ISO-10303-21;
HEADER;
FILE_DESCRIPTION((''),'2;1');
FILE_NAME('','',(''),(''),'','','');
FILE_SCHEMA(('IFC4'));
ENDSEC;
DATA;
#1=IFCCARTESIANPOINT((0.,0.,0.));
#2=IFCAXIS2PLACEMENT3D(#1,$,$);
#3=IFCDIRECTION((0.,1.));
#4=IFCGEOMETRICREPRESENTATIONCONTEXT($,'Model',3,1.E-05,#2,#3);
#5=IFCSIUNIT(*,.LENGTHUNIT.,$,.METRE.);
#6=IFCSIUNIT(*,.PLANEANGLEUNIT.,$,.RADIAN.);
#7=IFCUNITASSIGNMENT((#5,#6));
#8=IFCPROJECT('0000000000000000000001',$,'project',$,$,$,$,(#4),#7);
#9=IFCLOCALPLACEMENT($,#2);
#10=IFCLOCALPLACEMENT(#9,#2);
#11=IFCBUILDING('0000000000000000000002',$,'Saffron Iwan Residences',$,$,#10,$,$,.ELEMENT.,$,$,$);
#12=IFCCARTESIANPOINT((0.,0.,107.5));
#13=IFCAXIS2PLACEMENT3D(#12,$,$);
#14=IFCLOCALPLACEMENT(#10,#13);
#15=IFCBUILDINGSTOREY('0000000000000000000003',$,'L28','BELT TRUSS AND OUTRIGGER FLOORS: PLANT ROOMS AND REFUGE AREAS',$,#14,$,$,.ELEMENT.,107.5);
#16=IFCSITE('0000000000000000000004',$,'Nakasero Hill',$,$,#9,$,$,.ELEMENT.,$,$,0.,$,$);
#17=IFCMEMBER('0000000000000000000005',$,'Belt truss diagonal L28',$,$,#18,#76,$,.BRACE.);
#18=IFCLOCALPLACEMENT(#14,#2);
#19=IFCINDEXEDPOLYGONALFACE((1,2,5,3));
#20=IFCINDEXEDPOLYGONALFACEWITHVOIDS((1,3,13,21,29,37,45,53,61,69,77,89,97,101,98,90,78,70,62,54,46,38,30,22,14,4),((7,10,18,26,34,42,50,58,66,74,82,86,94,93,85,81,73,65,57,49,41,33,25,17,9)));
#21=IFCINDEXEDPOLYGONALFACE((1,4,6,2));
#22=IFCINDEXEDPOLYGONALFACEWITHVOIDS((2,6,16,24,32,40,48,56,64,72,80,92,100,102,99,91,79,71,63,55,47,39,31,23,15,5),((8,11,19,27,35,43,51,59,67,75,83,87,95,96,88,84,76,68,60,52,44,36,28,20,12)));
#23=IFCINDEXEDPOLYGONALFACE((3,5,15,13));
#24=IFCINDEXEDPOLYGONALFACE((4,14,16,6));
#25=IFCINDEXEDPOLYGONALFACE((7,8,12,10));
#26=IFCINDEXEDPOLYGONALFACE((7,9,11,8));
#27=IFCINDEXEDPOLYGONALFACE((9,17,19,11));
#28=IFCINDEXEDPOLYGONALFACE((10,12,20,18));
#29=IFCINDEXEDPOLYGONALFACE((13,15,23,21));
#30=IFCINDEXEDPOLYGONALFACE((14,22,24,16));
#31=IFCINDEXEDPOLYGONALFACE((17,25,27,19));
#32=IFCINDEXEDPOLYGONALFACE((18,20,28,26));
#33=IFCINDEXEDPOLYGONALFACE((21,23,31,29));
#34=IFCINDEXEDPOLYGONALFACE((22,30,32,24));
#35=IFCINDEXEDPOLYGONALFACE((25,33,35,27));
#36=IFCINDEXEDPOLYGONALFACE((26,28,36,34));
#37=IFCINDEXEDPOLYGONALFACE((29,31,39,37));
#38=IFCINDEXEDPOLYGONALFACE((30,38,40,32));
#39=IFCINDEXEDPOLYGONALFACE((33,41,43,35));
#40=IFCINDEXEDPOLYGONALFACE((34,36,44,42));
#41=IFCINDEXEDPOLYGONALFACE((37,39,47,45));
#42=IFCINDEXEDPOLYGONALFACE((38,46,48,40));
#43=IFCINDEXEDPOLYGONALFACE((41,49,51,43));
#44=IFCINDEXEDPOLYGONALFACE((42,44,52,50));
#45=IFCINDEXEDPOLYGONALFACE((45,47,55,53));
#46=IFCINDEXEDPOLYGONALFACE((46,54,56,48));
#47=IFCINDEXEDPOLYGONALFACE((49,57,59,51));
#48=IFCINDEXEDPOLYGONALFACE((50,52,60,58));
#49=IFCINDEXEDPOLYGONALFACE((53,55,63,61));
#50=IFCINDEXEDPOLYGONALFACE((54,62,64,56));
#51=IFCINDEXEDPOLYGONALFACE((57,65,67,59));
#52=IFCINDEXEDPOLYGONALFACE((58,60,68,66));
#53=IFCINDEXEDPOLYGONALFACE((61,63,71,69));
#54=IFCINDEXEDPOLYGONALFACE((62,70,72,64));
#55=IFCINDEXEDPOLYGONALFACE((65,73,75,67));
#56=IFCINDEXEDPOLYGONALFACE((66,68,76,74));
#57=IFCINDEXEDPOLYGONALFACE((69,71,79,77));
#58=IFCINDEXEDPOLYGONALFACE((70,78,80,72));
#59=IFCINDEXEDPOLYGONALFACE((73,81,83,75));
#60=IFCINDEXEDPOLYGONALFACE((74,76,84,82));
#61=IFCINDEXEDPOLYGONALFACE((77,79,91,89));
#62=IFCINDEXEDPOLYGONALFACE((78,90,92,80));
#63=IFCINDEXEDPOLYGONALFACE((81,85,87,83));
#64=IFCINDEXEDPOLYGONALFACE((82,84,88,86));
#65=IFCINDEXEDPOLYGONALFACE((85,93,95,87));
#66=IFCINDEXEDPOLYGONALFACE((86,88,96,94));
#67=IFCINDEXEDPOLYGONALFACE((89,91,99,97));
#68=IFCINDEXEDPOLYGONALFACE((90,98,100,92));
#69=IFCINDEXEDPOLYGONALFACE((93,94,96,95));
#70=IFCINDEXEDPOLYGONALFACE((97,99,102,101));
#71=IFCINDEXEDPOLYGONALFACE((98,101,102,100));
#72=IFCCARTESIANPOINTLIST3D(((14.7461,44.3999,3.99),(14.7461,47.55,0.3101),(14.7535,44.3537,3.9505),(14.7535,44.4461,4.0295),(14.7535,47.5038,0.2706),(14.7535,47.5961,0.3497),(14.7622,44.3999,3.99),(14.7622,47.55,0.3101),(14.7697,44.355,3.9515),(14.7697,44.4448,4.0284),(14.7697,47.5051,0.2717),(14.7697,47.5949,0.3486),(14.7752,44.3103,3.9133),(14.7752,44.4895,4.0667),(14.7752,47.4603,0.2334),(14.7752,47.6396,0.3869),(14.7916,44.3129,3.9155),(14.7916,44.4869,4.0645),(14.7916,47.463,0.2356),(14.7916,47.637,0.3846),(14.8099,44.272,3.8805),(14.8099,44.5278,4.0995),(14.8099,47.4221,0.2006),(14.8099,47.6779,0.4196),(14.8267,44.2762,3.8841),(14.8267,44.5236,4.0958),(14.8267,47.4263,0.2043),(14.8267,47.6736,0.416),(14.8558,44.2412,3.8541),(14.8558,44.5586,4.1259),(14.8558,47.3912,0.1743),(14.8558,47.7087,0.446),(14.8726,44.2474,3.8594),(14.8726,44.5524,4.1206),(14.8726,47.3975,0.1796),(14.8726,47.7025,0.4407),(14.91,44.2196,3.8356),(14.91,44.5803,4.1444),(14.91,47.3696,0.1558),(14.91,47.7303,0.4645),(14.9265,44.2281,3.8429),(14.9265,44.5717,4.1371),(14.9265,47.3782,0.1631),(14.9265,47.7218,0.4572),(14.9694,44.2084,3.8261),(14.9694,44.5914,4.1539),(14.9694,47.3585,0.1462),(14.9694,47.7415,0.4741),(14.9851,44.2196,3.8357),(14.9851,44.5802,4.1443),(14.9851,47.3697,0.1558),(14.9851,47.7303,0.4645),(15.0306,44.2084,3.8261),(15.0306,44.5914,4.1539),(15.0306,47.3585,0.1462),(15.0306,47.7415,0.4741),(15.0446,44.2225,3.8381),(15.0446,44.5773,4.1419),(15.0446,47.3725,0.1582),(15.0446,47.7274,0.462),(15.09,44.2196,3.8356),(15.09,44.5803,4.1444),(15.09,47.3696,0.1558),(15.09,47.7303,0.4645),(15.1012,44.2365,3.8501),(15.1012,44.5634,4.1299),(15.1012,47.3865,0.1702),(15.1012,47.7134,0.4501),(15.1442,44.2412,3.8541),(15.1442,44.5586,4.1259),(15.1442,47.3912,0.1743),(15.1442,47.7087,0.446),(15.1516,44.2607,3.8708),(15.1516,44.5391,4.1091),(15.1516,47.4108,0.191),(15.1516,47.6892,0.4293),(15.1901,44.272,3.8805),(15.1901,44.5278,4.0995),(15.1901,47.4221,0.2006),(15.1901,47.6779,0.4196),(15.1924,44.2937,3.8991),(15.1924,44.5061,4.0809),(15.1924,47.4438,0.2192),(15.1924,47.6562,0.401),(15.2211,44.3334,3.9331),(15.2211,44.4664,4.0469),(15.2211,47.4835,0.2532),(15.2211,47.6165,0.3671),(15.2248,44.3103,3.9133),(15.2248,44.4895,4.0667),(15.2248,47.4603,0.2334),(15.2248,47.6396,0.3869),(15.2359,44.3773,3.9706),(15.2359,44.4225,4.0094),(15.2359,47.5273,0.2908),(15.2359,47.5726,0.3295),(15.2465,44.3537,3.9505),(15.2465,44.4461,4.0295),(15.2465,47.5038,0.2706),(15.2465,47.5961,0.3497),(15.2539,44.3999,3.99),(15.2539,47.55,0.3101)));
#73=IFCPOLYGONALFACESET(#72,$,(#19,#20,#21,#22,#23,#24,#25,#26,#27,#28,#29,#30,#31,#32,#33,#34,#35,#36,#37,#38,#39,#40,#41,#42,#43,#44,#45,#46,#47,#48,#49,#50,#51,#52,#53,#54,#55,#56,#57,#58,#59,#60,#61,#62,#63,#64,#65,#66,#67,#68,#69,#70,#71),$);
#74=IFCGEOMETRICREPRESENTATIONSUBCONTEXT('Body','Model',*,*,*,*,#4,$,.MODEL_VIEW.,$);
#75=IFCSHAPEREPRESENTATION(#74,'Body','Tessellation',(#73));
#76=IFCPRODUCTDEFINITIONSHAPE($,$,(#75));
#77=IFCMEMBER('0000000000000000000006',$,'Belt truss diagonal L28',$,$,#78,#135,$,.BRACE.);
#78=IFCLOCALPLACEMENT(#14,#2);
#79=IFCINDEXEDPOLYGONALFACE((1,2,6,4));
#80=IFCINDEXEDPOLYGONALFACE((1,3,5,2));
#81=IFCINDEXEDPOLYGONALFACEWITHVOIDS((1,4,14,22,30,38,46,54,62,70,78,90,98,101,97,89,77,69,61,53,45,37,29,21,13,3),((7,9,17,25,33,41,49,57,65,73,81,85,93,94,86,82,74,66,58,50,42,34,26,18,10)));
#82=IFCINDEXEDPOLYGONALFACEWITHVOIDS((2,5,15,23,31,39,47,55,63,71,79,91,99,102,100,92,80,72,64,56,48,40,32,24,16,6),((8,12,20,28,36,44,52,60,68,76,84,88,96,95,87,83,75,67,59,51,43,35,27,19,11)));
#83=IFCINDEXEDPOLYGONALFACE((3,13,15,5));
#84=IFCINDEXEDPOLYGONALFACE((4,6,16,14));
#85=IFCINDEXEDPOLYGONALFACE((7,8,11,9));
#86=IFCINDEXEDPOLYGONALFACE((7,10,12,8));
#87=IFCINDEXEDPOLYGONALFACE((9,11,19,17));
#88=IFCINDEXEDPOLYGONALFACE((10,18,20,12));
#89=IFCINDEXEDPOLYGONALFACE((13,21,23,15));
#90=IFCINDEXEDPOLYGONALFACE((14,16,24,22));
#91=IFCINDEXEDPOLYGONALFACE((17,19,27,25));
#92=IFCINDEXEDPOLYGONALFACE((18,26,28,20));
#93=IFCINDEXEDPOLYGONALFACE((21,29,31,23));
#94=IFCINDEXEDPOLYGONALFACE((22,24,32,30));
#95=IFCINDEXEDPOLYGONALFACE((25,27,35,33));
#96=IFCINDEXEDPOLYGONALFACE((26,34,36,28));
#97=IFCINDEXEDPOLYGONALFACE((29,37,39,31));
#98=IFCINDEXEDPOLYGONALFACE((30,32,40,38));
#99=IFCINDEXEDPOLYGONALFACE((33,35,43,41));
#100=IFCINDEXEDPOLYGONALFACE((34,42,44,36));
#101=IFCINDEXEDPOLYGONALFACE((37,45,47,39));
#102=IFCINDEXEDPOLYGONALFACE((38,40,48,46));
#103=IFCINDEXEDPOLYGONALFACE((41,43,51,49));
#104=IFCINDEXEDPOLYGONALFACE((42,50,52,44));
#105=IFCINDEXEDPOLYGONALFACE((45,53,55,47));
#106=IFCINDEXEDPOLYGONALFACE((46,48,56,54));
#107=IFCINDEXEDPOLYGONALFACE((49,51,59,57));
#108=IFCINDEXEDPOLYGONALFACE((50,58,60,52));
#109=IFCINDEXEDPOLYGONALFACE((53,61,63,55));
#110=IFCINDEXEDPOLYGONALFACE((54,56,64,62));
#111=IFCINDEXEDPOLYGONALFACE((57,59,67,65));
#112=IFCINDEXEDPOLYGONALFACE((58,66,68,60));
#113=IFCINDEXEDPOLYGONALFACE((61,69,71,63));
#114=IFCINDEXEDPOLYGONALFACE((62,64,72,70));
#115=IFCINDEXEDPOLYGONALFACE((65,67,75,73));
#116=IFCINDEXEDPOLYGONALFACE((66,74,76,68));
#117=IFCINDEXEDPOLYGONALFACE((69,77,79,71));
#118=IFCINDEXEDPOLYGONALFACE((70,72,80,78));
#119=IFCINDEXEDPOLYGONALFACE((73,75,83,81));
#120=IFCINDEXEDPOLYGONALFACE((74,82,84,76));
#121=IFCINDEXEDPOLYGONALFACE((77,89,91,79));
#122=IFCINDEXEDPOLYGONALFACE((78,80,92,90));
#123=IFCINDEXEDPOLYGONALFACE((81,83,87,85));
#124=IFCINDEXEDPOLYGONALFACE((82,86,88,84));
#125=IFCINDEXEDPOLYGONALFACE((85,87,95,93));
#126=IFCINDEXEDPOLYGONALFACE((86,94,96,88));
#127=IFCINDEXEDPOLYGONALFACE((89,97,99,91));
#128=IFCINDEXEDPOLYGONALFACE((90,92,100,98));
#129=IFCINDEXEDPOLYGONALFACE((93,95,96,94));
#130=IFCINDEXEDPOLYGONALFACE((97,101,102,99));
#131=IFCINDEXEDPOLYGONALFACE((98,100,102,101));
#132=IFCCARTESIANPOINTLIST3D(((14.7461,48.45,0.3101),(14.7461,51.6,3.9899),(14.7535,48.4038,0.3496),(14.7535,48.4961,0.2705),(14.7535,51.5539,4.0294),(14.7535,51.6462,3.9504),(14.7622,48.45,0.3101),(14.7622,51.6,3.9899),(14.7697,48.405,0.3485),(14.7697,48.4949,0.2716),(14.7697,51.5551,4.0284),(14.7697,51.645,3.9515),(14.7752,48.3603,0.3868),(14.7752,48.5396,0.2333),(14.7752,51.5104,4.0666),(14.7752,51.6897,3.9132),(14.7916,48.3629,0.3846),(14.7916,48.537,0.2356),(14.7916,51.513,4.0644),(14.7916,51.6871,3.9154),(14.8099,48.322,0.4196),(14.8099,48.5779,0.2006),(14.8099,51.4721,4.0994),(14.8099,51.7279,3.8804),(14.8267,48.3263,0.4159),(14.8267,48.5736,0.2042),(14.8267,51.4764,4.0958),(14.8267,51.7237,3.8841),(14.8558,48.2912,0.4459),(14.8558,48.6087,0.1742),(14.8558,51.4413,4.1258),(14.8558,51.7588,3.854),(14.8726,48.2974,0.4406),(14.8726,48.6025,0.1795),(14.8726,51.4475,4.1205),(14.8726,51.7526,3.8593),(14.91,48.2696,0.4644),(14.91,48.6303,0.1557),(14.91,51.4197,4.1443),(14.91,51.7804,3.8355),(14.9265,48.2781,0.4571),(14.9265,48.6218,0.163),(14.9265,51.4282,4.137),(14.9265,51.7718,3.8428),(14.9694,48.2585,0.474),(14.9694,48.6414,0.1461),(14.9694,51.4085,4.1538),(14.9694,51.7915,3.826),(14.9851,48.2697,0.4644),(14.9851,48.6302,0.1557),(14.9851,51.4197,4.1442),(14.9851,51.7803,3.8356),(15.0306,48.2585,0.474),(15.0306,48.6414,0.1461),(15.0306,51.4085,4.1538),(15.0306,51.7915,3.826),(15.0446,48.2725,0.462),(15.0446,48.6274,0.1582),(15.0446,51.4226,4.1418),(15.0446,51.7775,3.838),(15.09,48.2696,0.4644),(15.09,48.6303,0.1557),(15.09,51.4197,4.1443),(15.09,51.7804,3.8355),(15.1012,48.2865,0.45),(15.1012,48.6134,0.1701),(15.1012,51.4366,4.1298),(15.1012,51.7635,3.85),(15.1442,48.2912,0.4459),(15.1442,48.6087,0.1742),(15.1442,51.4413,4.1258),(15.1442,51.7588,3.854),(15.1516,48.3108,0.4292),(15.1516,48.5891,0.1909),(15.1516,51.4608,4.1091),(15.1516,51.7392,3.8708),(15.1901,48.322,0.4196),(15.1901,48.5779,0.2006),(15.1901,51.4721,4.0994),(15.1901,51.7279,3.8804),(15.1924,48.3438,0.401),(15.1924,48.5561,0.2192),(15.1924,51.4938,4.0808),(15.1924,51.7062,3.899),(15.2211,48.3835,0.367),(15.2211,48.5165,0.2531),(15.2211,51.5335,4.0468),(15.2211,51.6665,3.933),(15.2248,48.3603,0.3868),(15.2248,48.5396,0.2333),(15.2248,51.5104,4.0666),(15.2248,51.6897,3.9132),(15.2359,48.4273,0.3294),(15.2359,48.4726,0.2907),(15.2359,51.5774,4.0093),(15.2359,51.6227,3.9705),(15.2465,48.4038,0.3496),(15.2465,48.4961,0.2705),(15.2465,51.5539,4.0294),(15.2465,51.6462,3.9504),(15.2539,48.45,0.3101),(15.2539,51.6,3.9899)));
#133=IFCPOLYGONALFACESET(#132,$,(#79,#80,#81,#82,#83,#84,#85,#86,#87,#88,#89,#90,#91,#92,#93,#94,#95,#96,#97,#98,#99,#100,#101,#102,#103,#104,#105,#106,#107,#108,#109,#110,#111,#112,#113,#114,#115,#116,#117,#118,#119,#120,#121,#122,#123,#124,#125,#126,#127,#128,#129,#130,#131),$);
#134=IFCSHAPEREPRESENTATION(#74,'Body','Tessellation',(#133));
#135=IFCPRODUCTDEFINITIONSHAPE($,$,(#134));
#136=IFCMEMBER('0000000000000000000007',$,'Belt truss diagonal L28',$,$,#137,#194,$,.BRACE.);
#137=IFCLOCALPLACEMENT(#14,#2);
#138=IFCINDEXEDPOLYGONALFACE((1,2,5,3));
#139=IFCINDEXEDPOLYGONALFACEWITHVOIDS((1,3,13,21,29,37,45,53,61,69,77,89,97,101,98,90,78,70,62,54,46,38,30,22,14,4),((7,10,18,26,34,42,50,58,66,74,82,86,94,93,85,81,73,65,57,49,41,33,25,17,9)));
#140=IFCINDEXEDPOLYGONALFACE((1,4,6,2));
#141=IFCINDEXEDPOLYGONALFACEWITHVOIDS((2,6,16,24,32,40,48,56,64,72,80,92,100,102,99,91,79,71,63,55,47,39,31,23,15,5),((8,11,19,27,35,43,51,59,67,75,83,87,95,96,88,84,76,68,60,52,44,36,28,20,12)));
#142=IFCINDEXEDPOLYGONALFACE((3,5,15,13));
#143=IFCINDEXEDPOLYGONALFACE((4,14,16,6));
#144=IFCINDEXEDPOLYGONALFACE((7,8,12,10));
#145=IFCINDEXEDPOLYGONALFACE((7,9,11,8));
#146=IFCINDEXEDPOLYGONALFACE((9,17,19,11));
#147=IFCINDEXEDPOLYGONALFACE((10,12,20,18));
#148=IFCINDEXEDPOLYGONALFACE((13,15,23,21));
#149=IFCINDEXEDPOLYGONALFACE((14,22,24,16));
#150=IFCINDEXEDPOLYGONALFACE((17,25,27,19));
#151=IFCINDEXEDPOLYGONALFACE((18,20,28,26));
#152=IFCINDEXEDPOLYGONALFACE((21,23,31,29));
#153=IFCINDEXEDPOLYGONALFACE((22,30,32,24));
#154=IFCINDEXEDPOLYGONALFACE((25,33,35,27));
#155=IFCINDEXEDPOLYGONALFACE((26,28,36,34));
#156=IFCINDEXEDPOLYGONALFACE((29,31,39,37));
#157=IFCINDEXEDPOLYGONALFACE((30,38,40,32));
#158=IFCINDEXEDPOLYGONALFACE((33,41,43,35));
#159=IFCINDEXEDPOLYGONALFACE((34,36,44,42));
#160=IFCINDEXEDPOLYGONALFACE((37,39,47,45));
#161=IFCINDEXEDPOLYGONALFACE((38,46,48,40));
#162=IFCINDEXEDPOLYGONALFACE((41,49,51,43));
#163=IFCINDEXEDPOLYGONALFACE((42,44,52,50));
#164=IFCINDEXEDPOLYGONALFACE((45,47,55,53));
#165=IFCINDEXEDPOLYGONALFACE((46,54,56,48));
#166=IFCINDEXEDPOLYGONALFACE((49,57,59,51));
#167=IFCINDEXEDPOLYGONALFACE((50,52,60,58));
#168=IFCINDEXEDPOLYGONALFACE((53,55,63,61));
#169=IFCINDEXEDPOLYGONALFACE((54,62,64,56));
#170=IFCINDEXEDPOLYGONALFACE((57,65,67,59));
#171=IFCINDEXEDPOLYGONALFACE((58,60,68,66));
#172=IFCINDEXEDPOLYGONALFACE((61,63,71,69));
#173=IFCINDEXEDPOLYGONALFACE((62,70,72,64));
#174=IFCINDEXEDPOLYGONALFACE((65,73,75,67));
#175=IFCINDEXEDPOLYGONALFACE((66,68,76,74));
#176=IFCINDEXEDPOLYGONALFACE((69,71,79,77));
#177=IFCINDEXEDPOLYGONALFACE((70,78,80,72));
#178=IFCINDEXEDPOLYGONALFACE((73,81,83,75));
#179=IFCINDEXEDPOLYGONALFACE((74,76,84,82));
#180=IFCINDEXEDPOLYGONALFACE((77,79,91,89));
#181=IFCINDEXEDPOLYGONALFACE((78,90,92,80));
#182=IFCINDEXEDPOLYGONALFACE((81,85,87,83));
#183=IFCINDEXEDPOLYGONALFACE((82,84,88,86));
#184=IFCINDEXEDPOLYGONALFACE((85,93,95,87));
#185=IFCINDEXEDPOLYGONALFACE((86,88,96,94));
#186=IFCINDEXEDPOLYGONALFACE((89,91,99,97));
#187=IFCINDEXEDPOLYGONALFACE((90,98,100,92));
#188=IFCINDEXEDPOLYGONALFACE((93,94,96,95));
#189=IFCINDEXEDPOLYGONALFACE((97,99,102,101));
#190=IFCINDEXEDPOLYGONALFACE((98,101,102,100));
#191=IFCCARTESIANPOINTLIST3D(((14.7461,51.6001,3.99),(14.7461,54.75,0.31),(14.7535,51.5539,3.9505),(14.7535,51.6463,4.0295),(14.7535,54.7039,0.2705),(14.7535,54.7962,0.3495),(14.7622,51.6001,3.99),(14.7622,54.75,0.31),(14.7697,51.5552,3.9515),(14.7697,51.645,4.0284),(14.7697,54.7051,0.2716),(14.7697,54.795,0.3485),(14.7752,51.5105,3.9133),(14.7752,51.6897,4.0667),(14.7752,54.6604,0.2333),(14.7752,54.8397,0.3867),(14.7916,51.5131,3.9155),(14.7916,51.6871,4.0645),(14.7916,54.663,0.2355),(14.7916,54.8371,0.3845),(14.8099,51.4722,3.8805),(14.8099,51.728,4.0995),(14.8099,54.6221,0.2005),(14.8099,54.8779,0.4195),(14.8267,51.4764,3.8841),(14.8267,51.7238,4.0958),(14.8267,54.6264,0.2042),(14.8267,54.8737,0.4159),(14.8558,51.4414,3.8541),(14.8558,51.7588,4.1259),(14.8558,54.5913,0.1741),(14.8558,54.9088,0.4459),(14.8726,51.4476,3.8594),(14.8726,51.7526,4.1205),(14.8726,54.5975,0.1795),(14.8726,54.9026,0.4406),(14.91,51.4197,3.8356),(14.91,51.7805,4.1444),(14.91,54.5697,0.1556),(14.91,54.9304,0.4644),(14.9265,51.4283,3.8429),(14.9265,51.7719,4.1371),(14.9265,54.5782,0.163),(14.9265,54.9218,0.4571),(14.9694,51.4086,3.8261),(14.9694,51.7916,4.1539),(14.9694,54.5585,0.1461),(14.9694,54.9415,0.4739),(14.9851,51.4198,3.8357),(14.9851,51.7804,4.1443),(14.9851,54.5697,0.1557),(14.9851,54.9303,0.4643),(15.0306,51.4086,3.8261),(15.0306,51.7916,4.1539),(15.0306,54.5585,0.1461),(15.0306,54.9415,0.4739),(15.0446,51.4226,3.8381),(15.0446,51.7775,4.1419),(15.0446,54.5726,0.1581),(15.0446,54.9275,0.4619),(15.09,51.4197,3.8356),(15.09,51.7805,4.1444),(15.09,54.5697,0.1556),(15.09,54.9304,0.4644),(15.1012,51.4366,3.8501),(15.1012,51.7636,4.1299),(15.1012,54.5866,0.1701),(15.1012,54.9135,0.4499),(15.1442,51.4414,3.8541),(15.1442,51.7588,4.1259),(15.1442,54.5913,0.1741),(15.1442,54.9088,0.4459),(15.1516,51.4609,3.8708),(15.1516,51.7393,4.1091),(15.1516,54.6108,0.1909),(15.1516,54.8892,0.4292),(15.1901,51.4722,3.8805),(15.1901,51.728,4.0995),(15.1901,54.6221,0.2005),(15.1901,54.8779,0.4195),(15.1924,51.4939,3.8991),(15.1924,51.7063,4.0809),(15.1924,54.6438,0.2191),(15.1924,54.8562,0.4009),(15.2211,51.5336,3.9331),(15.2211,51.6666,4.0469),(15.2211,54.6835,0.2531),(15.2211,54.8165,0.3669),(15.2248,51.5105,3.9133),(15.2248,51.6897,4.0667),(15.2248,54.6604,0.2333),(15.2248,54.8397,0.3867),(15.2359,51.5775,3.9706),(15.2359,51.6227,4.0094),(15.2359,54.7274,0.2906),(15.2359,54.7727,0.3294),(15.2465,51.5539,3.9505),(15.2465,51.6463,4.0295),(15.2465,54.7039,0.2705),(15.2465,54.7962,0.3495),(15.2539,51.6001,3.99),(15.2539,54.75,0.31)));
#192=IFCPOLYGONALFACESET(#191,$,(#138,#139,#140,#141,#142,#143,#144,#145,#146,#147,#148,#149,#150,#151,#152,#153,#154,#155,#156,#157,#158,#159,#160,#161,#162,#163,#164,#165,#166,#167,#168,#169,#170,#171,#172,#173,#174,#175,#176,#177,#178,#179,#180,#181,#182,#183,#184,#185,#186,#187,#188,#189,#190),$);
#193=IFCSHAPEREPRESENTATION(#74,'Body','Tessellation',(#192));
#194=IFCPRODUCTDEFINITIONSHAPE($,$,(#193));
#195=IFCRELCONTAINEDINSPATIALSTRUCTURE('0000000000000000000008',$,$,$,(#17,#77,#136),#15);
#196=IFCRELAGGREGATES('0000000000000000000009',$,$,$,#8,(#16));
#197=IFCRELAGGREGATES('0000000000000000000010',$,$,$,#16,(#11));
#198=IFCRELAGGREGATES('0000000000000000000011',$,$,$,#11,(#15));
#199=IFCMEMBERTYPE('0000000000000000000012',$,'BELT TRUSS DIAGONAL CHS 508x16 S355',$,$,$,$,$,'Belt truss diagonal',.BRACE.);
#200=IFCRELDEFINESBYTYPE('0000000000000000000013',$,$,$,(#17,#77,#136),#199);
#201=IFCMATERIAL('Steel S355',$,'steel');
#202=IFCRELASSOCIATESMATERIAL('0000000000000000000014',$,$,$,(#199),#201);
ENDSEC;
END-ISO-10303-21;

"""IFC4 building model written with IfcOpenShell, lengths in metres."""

from ifc_helpers import new_model, si_unit, direction, frame, origin, origin_2d, place, context, subcontext, project, spatial, hollow_circle, extrude, source, transform, mapped, material, material_profile, profile_set, type_object, element, save


model = new_model("IFC4")

# Units and contexts
model_context = context("Model", 3, precision=1e-05, world=origin(), true_north=direction((0.0, 1.0)))
body_context = subcontext(model_context, "Body", "Model", "MODEL_VIEW")
ifc_project = project(units=[si_unit("LENGTHUNIT", "METRE"), si_unit("PLANEANGLEUNIT", "RADIAN")], contexts=[model_context])

# Site, building, storey
site_placement = place(None, origin())
site = spatial("IfcSite", under=ifc_project, at=site_placement, Name="Nakasero Hill", CompositionType="ELEMENT", RefElevation=0.0)
building_placement = place(site_placement, origin())
building = spatial("IfcBuilding", under=site, at=building_placement, Name="Saffron Iwan Residences", CompositionType="ELEMENT")
storey_placement = place(building_placement, frame((0.0, 0.0, 107.5)))
storey = spatial("IfcBuildingStorey", under=building, at=storey_placement, Name="L28", Description="BELT TRUSS AND OUTRIGGER FLOORS: PLANT ROOMS AND REFUGE AREAS", CompositionType="ELEMENT", Elevation=107.5)

# Members
ifc_material_1 = material(Name="Steel S355", Category="steel")
ifc_material_profile_1 = material_profile(ifc_material_1, hollow_circle(Radius=0.2539, WallThickness=0.0161, at=origin_2d()), Name="CHS 508x16")
ifc_profile_set_1 = profile_set([ifc_material_profile_1], Name="Steel S355")
member_type_1 = type_object("IfcMemberType", Name="BELT TRUSS DIAGONAL CHS 508x16 S355", ElementType="Belt truss diagonal", PredefinedType="BRACE", material=ifc_profile_set_1)
shared_shape_1 = source(origin(), body_context, "Body", "SweptSolid", [
    extrude(hollow_circle(Radius=0.2539, WallThickness=0.0161, at=origin_2d()), origin(), (0.0, 0.0, 1.0), 4.844),
])
for number, where, z_axis, x_axis, name in (
    (1, (15.0, 44.3999, 3.99), (0.0, 0.650306, -0.759673), (-1.0, 0.0, 0.0), "Belt truss diagonal L28"),
    (2, (15.0, 48.45, 0.3101), (0.0, 0.650306, 0.759673), (-1.0, 0.0, 0.0), "Belt truss diagonal L28"),
    (3, (15.0, 51.6001, 3.99), (0.0, 0.650277, -0.759698), (-1.0, 0.0, 0.0), "Belt truss diagonal L28"),
):
    element("IfcMember", number, at=place(storey_placement, frame(where, z_axis=z_axis, x_axis=x_axis)), inside=storey, type_object=member_type_1, Name=name, PredefinedType="BRACE", context=body_context, shape_type="MappedRepresentation", body=[
        mapped(shared_shape_1, transform((0.0, 0.0, 0.0))),
    ])

save(model, "model.ifc")
